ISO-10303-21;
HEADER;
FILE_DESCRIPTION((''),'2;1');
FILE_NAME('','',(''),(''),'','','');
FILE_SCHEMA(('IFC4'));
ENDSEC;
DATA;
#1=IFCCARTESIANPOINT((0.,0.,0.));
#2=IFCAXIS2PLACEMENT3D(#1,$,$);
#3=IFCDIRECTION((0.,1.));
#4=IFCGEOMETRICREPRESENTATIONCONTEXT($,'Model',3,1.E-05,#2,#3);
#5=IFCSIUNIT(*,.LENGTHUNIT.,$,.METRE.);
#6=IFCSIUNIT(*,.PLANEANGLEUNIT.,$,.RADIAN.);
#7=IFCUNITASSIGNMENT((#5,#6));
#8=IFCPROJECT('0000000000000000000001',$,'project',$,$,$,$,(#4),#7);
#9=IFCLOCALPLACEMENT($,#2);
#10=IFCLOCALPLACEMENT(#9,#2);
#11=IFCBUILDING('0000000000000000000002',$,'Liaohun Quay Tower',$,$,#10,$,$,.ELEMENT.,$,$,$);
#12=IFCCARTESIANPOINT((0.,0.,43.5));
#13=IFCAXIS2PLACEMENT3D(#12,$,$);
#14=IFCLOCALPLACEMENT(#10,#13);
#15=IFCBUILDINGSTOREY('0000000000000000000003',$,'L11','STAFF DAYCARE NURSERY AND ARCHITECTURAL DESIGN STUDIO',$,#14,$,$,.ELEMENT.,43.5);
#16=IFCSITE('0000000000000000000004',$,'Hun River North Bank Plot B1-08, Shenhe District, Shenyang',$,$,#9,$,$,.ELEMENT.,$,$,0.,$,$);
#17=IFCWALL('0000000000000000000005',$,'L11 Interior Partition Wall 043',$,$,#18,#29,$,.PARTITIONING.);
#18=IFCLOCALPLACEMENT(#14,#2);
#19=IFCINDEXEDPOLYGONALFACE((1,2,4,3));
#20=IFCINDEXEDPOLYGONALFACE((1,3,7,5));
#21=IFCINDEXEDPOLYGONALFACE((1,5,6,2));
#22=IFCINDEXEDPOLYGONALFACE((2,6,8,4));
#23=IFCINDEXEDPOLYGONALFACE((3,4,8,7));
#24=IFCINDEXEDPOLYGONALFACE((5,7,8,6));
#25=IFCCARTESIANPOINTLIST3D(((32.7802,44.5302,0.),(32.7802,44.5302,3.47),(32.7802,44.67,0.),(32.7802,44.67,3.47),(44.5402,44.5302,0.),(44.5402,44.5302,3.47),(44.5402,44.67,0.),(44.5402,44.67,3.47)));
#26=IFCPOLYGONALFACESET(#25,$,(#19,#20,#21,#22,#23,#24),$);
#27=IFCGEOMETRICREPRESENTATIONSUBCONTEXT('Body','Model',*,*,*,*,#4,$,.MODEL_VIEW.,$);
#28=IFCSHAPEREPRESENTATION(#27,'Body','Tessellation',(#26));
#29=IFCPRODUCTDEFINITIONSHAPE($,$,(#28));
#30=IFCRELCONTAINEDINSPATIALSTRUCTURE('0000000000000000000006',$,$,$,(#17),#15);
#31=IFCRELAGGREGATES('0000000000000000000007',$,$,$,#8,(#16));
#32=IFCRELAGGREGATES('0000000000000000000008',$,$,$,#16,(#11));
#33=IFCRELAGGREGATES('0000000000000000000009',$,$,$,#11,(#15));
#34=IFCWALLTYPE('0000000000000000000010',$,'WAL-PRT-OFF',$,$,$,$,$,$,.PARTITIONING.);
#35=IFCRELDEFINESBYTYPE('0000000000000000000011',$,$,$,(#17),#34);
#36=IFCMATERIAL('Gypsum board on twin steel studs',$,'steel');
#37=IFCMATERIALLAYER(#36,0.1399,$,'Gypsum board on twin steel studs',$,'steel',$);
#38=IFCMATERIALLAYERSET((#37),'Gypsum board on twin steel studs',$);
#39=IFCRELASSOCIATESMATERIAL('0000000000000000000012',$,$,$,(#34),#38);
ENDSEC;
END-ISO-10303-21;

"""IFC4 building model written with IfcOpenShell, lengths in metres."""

from ifc_helpers import new_model, si_unit, direction, frame, frame_2d, origin, place, context, subcontext, project, spatial, rectangle, extrude, material, layer, layer_set, type_object, element, save


model = new_model("IFC4")

# Units and contexts
model_context = context("Model", 3, precision=1e-05, world=origin(), true_north=direction((0.0, 1.0)))
body_context = subcontext(model_context, "Body", "Model", "MODEL_VIEW")
ifc_project = project(units=[si_unit("LENGTHUNIT", "METRE"), si_unit("PLANEANGLEUNIT", "RADIAN")], contexts=[model_context])

# Site, building, storey
site_placement = place(None, origin())
site = spatial("IfcSite", under=ifc_project, at=site_placement, Name="Hun River North Bank Plot B1-08, Shenhe District, Shenyang", CompositionType="ELEMENT", RefElevation=0.0)
building_placement = place(site_placement, origin())
building = spatial("IfcBuilding", under=site, at=building_placement, Name="Liaohun Quay Tower", CompositionType="ELEMENT")
storey_placement = place(building_placement, frame((0.0, 0.0, 43.5)))
storey = spatial("IfcBuildingStorey", under=building, at=storey_placement, Name="L11", Description="STAFF DAYCARE NURSERY AND ARCHITECTURAL DESIGN STUDIO", CompositionType="ELEMENT", Elevation=43.5)

# Wall
ifc_material_1 = material(Name="Gypsum board on twin steel studs", Category="steel")
ifc_layer_1 = layer(ifc_material_1, 0.1399, Name="Gypsum board on twin steel studs", Category="steel")
ifc_layer_set_1 = layer_set([ifc_layer_1], Name="Gypsum board on twin steel studs")
wall_type_1 = type_object("IfcWallType", Name="WAL-PRT-OFF", PredefinedType="PARTITIONING", material=ifc_layer_set_1)
wall_1_placement = place(storey_placement, frame((44.54, 44.6001, 0.0), z_axis=(0.0, 0.0, 1.0), x_axis=(-1.0, 0.0, 0.0)))
element("IfcWall", 1, at=wall_1_placement, inside=storey, type_object=wall_type_1, Name="L11 Interior Partition Wall 043", PredefinedType="PARTITIONING", context=body_context, shape_type="SweptSolid", body=[
    extrude(rectangle(XDim=11.76, YDim=0.1399, at=frame_2d((5.8799, 0.0))), origin(), (0.0, 0.0, 1.0), 3.47),
])

save(model, "model.ifc")
